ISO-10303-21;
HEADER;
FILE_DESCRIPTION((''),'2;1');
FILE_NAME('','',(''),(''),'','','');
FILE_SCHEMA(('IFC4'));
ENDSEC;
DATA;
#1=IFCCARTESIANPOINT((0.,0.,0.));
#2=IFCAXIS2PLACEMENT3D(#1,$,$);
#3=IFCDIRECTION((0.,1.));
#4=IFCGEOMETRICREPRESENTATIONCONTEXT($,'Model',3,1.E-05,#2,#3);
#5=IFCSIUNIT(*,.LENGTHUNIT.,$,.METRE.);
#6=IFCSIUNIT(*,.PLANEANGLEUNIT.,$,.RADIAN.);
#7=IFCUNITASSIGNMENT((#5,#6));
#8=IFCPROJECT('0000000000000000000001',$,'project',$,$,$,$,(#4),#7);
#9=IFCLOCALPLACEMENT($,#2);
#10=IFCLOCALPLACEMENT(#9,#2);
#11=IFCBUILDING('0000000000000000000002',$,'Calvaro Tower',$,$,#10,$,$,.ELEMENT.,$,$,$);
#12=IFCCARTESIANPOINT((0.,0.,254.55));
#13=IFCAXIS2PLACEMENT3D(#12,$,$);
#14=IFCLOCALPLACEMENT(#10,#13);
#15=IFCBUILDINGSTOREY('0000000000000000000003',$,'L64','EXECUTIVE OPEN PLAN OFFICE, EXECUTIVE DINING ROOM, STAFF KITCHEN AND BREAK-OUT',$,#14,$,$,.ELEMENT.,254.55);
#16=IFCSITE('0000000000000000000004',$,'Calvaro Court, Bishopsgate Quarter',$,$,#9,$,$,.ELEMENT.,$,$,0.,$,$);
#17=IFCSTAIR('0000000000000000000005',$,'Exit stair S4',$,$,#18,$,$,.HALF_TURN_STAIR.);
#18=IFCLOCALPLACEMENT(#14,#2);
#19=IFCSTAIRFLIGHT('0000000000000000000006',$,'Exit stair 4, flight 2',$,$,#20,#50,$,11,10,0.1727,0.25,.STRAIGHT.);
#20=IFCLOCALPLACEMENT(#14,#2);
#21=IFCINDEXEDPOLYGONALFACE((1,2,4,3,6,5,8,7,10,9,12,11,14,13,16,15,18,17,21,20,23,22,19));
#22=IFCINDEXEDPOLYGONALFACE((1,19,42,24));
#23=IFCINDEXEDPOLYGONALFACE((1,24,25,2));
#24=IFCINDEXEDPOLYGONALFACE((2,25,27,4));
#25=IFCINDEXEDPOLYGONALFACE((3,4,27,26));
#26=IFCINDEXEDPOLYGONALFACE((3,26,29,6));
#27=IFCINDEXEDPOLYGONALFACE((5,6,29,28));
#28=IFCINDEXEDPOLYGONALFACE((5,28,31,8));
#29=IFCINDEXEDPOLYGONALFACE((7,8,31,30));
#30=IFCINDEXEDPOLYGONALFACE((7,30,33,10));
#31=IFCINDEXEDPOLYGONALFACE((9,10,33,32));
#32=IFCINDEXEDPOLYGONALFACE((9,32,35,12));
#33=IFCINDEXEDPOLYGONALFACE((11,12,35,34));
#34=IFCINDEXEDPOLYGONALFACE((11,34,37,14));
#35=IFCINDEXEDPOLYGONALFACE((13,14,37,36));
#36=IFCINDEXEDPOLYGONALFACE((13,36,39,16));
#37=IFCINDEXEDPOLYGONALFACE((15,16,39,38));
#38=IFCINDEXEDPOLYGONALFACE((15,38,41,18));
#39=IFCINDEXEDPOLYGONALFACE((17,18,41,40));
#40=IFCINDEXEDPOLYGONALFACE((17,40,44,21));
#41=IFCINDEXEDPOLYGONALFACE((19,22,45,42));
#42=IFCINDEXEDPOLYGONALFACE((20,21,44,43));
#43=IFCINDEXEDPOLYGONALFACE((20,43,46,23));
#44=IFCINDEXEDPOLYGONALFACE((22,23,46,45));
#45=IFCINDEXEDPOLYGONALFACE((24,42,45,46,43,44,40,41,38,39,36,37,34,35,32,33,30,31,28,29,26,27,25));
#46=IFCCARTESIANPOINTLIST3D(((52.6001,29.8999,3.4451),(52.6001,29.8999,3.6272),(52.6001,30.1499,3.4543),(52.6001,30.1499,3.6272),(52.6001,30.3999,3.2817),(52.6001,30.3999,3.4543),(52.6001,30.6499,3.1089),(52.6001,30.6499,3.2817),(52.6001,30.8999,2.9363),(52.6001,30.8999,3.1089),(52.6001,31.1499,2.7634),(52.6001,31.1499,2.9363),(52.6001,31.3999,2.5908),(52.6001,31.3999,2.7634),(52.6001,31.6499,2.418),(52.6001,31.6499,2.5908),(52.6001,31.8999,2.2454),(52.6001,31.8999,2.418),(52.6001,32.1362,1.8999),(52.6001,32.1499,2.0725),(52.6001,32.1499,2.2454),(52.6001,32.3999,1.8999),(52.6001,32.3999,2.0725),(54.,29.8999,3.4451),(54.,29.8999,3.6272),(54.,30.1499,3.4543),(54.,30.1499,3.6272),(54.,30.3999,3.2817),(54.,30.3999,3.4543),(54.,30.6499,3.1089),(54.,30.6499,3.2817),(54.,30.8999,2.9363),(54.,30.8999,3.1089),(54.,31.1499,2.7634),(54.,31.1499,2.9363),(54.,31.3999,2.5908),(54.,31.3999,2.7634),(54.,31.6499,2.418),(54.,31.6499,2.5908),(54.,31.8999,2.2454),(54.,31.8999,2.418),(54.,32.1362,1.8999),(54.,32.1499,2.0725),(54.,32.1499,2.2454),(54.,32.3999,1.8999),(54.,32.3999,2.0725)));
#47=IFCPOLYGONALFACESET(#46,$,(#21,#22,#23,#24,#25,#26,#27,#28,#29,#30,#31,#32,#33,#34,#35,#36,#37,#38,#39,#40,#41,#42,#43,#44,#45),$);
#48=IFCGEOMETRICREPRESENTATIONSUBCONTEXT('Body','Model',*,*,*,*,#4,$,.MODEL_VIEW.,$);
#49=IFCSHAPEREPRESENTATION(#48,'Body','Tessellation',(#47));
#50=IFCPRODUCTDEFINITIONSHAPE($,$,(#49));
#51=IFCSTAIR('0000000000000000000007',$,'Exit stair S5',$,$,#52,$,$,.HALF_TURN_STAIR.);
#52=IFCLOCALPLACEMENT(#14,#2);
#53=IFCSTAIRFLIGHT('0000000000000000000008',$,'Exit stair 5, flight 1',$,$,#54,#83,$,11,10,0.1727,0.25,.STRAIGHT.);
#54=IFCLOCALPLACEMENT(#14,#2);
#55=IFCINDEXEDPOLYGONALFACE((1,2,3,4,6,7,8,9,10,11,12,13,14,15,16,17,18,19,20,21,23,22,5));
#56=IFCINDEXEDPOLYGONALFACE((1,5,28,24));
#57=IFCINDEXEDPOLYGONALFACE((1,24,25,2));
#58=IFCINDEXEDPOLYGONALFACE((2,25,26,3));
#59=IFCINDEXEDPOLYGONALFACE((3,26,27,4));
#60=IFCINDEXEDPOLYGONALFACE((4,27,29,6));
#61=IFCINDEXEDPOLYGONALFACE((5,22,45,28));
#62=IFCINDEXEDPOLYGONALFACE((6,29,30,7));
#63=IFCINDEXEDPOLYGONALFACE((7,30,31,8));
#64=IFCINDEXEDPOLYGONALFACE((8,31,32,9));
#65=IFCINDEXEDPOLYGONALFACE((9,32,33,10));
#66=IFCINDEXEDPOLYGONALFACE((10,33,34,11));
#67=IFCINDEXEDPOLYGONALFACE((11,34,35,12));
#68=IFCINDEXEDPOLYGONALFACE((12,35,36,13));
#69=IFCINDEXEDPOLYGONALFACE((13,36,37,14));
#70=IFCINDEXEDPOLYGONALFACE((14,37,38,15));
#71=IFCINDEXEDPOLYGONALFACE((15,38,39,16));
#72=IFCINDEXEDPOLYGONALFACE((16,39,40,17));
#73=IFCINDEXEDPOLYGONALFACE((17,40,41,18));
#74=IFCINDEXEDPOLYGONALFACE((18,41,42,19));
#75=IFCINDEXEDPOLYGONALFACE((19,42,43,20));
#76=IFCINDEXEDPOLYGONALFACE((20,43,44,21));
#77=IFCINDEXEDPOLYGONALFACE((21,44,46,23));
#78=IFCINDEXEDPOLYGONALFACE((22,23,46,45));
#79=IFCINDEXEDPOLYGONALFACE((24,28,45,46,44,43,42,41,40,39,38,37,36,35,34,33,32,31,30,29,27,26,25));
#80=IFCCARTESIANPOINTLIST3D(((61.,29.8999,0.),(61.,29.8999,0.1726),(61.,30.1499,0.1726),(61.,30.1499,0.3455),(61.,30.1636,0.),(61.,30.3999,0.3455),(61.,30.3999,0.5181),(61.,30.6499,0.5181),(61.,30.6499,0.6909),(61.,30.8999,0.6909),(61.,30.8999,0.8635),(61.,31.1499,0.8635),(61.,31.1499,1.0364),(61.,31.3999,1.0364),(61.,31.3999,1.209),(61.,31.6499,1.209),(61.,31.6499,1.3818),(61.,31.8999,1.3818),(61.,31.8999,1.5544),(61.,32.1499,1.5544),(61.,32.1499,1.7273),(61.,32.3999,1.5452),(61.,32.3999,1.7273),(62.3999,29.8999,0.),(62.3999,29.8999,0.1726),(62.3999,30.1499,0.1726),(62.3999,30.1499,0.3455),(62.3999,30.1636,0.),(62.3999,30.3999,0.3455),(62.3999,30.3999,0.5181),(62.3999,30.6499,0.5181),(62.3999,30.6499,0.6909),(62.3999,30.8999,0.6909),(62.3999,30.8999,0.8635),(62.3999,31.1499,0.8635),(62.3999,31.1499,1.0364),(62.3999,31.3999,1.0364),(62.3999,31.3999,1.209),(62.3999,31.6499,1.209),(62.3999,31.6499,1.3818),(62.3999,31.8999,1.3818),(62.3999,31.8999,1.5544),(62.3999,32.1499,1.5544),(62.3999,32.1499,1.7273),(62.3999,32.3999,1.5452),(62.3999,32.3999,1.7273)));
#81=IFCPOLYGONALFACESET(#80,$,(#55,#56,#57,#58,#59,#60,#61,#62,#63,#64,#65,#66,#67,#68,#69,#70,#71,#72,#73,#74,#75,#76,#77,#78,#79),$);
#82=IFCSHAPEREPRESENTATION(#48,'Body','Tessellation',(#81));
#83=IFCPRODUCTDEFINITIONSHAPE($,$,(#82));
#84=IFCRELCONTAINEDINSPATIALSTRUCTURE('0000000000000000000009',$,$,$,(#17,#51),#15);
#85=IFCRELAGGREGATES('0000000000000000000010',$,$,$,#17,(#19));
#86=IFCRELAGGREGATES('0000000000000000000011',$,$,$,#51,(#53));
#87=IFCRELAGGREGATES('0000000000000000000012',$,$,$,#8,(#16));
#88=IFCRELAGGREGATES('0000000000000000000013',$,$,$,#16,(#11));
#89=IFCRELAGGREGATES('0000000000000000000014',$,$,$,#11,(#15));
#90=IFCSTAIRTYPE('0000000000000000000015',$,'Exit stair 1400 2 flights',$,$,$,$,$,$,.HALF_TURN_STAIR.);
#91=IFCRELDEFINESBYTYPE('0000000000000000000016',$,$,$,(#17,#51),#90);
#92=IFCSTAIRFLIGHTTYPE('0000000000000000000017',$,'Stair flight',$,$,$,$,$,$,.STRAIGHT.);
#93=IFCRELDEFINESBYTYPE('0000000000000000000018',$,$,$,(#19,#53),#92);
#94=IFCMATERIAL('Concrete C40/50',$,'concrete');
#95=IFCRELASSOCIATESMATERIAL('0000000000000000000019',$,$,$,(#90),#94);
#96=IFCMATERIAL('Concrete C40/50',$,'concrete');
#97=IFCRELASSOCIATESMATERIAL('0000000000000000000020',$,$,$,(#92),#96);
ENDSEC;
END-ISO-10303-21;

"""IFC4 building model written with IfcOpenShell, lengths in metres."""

from ifc_helpers import new_model, si_unit, direction, frame, origin, place, context, subcontext, project, spatial, polyline, outline, extrude, material, type_object, element, aggregate, save


model = new_model("IFC4")

# Units and contexts
model_context = context("Model", 3, precision=1e-05, world=origin(), true_north=direction((0.0, 1.0)))
body_context = subcontext(model_context, "Body", "Model", "MODEL_VIEW")
ifc_project = project(units=[si_unit("LENGTHUNIT", "METRE"), si_unit("PLANEANGLEUNIT", "RADIAN")], contexts=[model_context])

# Site, building, storey
site_placement = place(None, origin())
site = spatial("IfcSite", under=ifc_project, at=site_placement, Name="Calvaro Court, Bishopsgate Quarter", CompositionType="ELEMENT", RefElevation=0.0)
building_placement = place(site_placement, origin())
building = spatial("IfcBuilding", under=site, at=building_placement, Name="Calvaro Tower", CompositionType="ELEMENT")
storey_placement = place(building_placement, frame((0.0, 0.0, 254.55)))
storey = spatial("IfcBuildingStorey", under=building, at=storey_placement, Name="L64", Description="EXECUTIVE OPEN PLAN OFFICE, EXECUTIVE DINING ROOM, STAFF KITCHEN AND BREAK-OUT", CompositionType="ELEMENT", Elevation=254.55)

# Stair, stair flight
ifc_material_1 = material(Name="Concrete C40/50", Category="concrete")
stair_type = type_object("IfcStairType", Name="Exit stair 1400 2 flights", PredefinedType="HALF_TURN_STAIR", material=ifc_material_1)
ifc_material_2 = material(Name="Concrete C40/50", Category="concrete")
stair_flight_type = type_object("IfcStairFlightType", Name="Stair flight", PredefinedType="STRAIGHT", material=ifc_material_2)
stair_1_placement = place(storey_placement, origin())
stair_1 = element("IfcStair", 1, at=stair_1_placement, inside=storey, type_object=stair_type, Name="Exit stair S4", PredefinedType="HALF_TURN_STAIR")
stair_flight_1_placement = place(storey_placement, frame((53.3, 32.3999, 1.8999), z_axis=(0.0, 0.0, 1.0), x_axis=(0.0, -1.0, 0.0)))
stair_flight_1 = element("IfcStairFlight", 2, at=stair_flight_1_placement, type_object=stair_flight_type, Name="Exit stair 4, flight 2", NumberOfRisers=11, NumberOfTreads=10, PredefinedType="STRAIGHT", RiserHeight=0.1727, TreadLength=0.25, context=body_context, shape_type="SweptSolid", body=[
    extrude(outline(polyline([(0.0, 0.0), (0.0, 0.1726), (0.25, 0.1726), (0.25, 0.3455), (0.5, 0.3455), (0.5, 0.5181), (0.75, 0.5181), (0.75, 0.6909), (1.0, 0.6909), (1.0, 0.8635), (1.25, 0.8635), (1.25, 1.0364), (1.5, 1.0364), (1.5, 1.209), (1.75, 1.209), (1.75, 1.3818), (2.0, 1.3818), (2.0, 1.5544), (2.25, 1.5544), (2.25, 1.7273), (2.5, 1.7273), (2.5, 1.8999), (2.5, 1.5452), (0.2637, 0.0), (0.0, 0.0)])), frame((0.0, 0.7, 0.0), z_axis=(0.0, -1.0, 0.0), x_axis=(1.0, 0.0, 0.0)), (0.0, 0.0, 1.0), 1.3999),
])

# Stair, stair flight
stair_2_placement = place(storey_placement, origin())
stair_2 = element("IfcStair", 3, at=stair_2_placement, inside=storey, type_object=stair_type, Name="Exit stair S5", PredefinedType="HALF_TURN_STAIR")
stair_flight_2_placement = place(storey_placement, frame((61.7, 29.8999, 0.0), z_axis=(0.0, 0.0, 1.0), x_axis=(0.0, 1.0, 0.0)))
stair_flight_2 = element("IfcStairFlight", 4, at=stair_flight_2_placement, type_object=stair_flight_type, Name="Exit stair 5, flight 1", NumberOfRisers=11, NumberOfTreads=10, PredefinedType="STRAIGHT", RiserHeight=0.1727, TreadLength=0.25, context=body_context, shape_type="SweptSolid", body=[
    extrude(outline(polyline([(0.0, 0.0), (0.0, 0.1726), (0.25, 0.1726), (0.25, 0.3455), (0.5, 0.3455), (0.5, 0.5181), (0.75, 0.5181), (0.75, 0.6909), (1.0, 0.6909), (1.0, 0.8635), (1.25, 0.8635), (1.25, 1.0364), (1.5, 1.0364), (1.5, 1.209), (1.75, 1.209), (1.75, 1.3818), (2.0, 1.3818), (2.0, 1.5544), (2.25, 1.5544), (2.25, 1.7273), (2.5, 1.7273), (2.5, 1.8999), (2.5, 1.5452), (0.2637, 0.0), (0.0, 0.0)])), frame((0.0, 0.7, 0.0), z_axis=(0.0, -1.0, 0.0), x_axis=(1.0, 0.0, 0.0)), (0.0, 0.0, 1.0), 1.3999),
])

aggregate(stair_1, [stair_flight_1])
aggregate(stair_2, [stair_flight_2])

save(model, "model.ifc")
